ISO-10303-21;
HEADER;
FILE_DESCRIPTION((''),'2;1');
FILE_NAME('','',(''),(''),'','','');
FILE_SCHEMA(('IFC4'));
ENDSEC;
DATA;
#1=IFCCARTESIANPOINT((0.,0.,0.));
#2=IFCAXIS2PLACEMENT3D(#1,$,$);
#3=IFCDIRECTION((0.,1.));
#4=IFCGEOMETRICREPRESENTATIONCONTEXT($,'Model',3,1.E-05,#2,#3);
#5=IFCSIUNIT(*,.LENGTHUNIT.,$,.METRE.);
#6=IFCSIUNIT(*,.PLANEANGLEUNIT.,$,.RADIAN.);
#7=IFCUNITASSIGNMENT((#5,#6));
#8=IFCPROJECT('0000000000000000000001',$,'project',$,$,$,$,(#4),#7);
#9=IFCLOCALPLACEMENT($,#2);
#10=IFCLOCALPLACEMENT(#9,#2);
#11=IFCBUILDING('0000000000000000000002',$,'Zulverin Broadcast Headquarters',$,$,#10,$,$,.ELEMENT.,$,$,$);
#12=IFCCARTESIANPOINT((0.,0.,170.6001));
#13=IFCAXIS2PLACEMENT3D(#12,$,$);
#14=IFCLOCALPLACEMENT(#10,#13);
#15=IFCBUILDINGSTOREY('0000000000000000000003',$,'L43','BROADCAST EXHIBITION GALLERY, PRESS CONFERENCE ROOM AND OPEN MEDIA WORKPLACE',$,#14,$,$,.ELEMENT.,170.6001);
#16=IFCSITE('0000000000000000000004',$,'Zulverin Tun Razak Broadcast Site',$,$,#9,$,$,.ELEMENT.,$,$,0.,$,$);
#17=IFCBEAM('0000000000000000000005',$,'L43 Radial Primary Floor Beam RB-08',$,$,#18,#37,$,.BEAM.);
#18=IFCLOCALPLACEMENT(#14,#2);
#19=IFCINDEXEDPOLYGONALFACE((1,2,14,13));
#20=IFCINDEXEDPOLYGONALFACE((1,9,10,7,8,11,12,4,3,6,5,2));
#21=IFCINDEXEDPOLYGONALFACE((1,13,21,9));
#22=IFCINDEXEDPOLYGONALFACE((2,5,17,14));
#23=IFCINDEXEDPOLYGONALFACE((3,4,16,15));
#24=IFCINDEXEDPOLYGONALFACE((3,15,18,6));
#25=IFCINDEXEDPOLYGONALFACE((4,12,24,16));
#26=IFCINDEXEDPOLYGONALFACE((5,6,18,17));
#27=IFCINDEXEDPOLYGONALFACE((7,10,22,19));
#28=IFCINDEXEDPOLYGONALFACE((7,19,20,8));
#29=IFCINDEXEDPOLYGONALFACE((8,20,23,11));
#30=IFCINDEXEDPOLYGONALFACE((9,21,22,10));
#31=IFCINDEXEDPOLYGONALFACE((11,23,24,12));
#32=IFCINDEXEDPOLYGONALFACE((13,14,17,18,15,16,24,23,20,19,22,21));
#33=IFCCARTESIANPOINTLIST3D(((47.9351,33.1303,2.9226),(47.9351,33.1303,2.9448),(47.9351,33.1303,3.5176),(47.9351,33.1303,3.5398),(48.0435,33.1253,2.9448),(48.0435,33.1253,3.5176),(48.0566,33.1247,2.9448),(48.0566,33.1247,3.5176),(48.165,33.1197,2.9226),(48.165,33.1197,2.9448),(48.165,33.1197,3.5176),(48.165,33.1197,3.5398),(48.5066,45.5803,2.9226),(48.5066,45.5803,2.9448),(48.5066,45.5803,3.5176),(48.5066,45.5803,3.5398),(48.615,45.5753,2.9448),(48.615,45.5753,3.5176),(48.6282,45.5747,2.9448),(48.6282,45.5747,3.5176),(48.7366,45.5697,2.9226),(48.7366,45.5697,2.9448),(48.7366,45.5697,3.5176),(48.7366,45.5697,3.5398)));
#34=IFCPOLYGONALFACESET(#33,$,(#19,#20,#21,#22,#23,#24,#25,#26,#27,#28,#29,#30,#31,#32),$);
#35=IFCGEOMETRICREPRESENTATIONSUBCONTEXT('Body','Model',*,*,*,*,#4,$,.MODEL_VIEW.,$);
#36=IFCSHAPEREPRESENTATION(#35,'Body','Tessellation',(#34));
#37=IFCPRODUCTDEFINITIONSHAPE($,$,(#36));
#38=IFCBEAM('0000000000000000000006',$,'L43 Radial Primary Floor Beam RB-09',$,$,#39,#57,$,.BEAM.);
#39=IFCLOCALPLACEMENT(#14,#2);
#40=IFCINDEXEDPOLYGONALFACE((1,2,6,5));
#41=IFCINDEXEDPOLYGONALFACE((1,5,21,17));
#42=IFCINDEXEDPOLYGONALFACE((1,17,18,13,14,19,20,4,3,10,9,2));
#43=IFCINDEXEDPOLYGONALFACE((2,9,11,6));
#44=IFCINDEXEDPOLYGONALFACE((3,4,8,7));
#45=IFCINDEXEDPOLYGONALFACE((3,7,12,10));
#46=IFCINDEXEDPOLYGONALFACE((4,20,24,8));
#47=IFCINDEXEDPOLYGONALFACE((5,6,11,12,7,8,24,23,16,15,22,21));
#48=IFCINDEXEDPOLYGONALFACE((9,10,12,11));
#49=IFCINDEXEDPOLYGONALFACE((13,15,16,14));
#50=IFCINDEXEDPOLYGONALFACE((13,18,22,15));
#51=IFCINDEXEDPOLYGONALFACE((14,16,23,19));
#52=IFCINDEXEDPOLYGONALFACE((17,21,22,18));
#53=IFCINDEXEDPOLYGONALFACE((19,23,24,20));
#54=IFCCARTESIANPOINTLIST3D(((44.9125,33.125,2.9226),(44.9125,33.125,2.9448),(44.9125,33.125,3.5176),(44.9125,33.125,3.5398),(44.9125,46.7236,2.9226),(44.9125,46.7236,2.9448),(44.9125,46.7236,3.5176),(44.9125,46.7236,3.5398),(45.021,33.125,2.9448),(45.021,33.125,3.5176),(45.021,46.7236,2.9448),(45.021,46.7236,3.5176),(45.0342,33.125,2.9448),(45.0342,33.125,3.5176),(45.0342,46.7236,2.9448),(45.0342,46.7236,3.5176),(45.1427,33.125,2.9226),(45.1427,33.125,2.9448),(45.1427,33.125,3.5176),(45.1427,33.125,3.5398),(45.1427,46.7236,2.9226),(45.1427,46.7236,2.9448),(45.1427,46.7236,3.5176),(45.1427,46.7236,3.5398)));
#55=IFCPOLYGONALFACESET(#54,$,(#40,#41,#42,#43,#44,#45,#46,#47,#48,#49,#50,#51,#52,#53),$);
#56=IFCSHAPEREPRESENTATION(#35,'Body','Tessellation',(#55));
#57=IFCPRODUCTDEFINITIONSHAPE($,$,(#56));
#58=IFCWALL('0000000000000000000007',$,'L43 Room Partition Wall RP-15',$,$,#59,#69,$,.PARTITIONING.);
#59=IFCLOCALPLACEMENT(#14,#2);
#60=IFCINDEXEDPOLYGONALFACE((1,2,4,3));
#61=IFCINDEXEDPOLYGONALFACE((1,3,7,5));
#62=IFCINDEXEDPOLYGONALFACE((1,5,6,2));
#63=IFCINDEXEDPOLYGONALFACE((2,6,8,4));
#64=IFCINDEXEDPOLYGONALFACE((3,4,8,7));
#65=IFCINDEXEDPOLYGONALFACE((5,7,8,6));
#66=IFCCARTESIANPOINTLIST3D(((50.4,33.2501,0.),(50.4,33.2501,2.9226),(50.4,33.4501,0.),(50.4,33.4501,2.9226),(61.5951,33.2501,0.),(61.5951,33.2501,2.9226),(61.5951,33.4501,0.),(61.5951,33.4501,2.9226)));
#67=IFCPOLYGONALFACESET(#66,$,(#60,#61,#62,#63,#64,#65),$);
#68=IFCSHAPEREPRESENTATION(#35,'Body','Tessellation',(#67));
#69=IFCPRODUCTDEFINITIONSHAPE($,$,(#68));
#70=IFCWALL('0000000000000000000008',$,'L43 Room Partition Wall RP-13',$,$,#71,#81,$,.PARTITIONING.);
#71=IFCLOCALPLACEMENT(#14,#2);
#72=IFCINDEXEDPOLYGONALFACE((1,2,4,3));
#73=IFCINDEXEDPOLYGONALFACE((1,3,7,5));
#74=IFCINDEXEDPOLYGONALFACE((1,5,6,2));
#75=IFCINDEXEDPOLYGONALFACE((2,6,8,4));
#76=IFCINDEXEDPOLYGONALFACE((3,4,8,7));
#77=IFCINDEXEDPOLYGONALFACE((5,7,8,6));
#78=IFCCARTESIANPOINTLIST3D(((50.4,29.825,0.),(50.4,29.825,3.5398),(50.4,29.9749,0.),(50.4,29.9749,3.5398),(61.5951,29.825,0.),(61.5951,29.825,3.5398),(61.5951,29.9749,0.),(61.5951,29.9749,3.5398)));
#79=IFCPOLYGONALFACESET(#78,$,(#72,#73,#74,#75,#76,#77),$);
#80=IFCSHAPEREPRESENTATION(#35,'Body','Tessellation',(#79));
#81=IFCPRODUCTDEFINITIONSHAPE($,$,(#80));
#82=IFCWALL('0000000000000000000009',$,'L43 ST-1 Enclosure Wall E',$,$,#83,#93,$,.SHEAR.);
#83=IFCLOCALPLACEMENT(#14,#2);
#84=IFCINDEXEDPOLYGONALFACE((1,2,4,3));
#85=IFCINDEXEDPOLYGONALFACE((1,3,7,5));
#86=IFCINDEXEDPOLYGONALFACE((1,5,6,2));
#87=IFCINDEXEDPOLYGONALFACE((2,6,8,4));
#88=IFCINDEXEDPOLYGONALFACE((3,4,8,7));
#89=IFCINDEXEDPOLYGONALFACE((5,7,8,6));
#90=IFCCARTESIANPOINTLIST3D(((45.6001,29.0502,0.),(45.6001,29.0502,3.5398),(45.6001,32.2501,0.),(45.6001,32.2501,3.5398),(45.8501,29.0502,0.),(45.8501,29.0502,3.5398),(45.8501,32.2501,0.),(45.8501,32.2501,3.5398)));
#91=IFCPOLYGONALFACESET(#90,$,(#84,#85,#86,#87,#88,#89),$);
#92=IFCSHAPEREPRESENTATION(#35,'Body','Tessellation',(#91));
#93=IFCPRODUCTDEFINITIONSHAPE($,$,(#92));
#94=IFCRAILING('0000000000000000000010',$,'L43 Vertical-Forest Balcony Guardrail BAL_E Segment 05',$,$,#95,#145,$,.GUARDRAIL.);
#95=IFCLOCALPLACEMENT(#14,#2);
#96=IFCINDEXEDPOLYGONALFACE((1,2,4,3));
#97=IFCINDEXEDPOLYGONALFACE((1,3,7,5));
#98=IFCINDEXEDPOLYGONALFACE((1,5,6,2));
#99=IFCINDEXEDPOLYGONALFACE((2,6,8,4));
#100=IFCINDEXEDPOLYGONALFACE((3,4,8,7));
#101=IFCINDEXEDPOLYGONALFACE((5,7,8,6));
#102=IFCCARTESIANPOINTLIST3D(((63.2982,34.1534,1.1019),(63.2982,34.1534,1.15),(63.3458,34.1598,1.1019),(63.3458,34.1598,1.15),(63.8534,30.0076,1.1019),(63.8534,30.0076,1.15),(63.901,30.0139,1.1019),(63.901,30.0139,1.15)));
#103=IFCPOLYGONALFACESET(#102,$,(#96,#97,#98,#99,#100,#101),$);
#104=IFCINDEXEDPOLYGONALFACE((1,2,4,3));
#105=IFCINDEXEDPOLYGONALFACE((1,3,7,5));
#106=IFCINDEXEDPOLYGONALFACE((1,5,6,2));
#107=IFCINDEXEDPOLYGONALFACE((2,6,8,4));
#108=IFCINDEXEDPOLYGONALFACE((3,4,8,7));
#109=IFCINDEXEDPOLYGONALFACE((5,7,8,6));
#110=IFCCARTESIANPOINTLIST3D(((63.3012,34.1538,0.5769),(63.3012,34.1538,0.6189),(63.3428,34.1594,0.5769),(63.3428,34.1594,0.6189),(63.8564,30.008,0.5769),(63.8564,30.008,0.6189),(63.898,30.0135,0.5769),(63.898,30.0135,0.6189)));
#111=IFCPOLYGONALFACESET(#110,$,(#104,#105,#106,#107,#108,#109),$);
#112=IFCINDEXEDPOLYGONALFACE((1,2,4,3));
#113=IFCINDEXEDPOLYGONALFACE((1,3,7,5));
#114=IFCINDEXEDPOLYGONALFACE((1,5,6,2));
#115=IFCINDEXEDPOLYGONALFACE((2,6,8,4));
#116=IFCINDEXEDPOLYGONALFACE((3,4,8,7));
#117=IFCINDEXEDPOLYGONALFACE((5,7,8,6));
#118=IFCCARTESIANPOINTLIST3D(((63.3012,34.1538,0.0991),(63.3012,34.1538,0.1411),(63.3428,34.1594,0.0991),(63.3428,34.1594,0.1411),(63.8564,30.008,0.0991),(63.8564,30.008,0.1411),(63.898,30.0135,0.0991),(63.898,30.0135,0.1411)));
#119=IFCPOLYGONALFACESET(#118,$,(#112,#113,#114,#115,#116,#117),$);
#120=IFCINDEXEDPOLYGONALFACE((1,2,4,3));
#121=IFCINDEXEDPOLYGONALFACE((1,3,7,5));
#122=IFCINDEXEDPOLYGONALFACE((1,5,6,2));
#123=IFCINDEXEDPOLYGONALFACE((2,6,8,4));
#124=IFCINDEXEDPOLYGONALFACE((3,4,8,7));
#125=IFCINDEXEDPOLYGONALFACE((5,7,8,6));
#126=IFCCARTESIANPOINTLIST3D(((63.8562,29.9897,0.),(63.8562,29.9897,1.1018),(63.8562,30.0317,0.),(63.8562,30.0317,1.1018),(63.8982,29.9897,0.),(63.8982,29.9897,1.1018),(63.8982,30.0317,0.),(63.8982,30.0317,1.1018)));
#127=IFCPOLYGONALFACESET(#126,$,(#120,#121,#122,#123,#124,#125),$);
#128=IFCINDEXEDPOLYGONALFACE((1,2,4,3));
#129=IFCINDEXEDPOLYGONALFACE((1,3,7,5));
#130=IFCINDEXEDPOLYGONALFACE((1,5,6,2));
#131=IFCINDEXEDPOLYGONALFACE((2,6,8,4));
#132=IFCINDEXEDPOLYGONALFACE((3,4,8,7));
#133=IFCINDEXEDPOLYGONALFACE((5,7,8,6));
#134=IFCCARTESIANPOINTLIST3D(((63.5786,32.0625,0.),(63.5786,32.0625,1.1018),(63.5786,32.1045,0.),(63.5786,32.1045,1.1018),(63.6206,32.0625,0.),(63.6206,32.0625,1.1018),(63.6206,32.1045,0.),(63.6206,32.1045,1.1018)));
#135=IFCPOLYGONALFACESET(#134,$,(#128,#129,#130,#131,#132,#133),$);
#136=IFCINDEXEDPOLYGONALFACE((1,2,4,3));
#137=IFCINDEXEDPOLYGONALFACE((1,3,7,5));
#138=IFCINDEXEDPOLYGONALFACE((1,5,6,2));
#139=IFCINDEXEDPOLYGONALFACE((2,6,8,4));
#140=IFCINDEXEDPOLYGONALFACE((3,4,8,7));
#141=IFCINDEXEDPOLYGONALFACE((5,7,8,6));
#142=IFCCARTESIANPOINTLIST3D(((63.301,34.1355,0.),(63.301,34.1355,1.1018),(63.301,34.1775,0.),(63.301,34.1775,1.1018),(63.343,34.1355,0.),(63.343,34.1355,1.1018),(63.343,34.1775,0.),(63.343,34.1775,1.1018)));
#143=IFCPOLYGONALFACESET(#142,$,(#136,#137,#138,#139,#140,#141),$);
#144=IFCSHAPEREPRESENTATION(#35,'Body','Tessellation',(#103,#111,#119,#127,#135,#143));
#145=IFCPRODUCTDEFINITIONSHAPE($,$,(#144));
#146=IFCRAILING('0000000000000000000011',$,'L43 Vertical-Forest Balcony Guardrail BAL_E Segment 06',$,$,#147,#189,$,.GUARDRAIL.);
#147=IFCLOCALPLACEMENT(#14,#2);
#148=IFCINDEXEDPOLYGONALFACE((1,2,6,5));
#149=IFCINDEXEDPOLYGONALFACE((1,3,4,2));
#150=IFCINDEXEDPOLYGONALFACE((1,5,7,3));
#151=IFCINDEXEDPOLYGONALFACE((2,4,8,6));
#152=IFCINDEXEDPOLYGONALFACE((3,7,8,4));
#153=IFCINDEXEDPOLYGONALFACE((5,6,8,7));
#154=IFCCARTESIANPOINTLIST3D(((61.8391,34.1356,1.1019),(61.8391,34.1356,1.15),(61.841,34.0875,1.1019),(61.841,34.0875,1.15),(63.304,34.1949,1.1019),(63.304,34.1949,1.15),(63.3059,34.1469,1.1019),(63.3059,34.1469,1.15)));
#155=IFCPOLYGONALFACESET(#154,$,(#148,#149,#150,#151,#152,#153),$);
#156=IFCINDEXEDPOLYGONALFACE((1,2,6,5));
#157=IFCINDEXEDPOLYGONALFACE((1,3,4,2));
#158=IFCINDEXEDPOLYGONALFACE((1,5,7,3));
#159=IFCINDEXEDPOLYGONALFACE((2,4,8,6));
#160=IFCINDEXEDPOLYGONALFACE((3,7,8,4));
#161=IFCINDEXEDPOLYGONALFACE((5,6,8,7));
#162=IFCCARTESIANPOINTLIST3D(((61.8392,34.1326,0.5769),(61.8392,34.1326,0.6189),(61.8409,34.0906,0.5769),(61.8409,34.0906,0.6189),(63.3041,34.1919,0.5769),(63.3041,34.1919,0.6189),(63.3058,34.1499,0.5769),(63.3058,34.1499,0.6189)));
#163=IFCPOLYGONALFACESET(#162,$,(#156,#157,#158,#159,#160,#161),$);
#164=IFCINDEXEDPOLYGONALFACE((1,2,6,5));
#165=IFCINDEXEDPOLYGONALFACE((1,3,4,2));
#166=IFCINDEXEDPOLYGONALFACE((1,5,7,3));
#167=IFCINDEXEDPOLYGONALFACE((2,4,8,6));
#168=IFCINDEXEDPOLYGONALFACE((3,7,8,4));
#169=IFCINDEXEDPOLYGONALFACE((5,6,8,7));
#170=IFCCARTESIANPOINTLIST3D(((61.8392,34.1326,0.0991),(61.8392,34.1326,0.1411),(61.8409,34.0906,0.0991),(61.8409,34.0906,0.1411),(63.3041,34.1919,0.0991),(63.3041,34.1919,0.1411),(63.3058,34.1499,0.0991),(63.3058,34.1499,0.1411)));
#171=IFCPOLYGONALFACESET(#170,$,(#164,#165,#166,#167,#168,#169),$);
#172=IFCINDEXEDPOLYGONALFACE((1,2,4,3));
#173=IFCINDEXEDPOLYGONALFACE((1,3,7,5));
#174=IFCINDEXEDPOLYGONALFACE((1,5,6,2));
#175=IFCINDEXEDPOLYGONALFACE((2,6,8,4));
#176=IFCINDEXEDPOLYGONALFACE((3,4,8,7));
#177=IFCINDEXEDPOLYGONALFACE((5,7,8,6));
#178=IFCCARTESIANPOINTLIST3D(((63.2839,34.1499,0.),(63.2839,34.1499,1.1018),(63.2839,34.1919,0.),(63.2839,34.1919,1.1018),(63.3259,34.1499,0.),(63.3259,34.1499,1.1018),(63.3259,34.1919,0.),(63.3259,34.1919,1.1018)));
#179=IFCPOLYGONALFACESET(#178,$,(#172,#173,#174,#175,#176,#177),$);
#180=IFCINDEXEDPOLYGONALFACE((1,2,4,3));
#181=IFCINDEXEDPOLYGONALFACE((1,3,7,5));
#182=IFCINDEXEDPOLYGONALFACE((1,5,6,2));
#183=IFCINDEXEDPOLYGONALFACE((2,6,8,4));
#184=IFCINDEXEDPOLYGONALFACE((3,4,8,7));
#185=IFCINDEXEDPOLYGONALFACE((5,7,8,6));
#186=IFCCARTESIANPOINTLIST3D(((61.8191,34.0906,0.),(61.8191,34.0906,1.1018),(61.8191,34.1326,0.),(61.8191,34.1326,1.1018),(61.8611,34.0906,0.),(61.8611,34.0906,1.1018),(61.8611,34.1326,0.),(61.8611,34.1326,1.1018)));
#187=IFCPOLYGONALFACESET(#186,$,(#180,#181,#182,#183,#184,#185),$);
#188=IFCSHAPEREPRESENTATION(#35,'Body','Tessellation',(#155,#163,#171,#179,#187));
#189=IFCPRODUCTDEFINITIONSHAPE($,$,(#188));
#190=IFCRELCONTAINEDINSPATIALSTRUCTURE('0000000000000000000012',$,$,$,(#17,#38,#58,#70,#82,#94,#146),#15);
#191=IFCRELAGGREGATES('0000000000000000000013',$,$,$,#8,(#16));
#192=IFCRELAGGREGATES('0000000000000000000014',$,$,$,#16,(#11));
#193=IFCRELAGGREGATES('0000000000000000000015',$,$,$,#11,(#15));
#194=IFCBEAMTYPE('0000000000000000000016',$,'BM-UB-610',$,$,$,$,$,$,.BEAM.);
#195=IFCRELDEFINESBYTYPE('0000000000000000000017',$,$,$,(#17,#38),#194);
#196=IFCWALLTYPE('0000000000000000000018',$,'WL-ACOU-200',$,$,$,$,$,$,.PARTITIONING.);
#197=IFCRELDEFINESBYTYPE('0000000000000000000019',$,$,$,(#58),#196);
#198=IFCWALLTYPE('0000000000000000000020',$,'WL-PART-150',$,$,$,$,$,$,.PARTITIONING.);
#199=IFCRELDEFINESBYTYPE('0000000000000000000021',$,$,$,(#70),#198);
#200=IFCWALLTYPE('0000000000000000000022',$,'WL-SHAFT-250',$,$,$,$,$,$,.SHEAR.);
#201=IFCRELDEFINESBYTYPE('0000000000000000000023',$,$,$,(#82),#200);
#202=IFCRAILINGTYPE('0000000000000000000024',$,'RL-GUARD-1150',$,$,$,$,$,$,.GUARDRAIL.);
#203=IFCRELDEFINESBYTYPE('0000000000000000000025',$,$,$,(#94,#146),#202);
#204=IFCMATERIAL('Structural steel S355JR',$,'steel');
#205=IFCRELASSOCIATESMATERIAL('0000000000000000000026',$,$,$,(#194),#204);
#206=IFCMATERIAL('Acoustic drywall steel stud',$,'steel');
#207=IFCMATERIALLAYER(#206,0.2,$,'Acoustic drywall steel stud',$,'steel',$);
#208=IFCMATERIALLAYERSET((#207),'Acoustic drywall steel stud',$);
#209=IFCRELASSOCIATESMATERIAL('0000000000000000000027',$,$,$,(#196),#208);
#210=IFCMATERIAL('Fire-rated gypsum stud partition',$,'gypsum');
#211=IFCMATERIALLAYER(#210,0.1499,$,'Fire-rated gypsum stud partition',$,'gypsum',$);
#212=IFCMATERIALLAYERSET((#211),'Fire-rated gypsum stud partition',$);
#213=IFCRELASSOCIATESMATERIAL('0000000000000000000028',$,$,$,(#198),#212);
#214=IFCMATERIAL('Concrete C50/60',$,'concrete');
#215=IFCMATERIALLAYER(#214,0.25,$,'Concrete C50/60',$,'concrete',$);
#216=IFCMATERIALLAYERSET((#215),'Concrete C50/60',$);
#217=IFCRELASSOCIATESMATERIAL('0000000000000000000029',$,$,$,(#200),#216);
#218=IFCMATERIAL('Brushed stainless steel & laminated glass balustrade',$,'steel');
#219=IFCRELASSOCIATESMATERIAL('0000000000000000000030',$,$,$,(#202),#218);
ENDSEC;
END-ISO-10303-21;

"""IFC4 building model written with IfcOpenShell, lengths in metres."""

from ifc_helpers import new_model, si_unit, direction, frame, frame_2d, origin, origin_2d, place, context, subcontext, project, spatial, rectangle, i_section, extrude, material, layer, layer_set, material_profile, profile_set, type_object, element, save


model = new_model("IFC4")

# Units and contexts
model_context = context("Model", 3, precision=1e-05, world=origin(), true_north=direction((0.0, 1.0)))
body_context = subcontext(model_context, "Body", "Model", "MODEL_VIEW")
ifc_project = project(units=[si_unit("LENGTHUNIT", "METRE"), si_unit("PLANEANGLEUNIT", "RADIAN")], contexts=[model_context])

# Site, building, storey
site_placement = place(None, origin())
site = spatial("IfcSite", under=ifc_project, at=site_placement, Name="Zulverin Tun Razak Broadcast Site", CompositionType="ELEMENT", RefElevation=0.0)
building_placement = place(site_placement, origin())
building = spatial("IfcBuilding", under=site, at=building_placement, Name="Zulverin Broadcast Headquarters", CompositionType="ELEMENT")
storey_placement = place(building_placement, frame((0.0, 0.0, 170.6001)))
storey = spatial("IfcBuildingStorey", under=building, at=storey_placement, Name="L43", Description="BROADCAST EXHIBITION GALLERY, PRESS CONFERENCE ROOM AND OPEN MEDIA WORKPLACE", CompositionType="ELEMENT", Elevation=170.6001)

# Shared definitions
ifc_material_1 = material(Name="Concrete C50/60", Category="concrete")

# Beams
ifc_material_2 = material(Name="Structural steel S355JR", Category="steel")
ifc_material_profile_1 = material_profile(ifc_material_2, i_section(OverallWidth=0.2302, OverallDepth=0.6172, WebThickness=0.0132, FlangeThickness=0.0222, at=origin_2d()), Name="Structural steel S355JR", Category="steel")
ifc_profile_set_1 = profile_set([ifc_material_profile_1], Name="Structural steel S355JR")
beam_type_1 = type_object("IfcBeamType", Name="BM-UB-610", PredefinedType="BEAM", material=ifc_profile_set_1)
beam_1_placement = place(storey_placement, frame((48.05, 33.125, 3.2312), z_axis=(0.045858, 0.998948, 0.0), x_axis=(-0.998948, 0.045858, 0.0)))
element("IfcBeam", 1, at=beam_1_placement, inside=storey, type_object=beam_type_1, Name="L43 Radial Primary Floor Beam RB-08", PredefinedType="BEAM", context=body_context, shape_type="SweptSolid", body=[
    extrude(i_section(OverallWidth=0.2302, OverallDepth=0.6172, WebThickness=0.0132, FlangeThickness=0.0222, at=origin_2d()), origin(), (0.0, 0.0, 1.0), 12.4631),
])
beam_2_placement = place(storey_placement, frame((45.0276, 33.125, 3.2312), z_axis=(0.0, 1.0, 0.0), x_axis=(-1.0, 0.0, 0.0)))
element("IfcBeam", 2, at=beam_2_placement, inside=storey, type_object=beam_type_1, Name="L43 Radial Primary Floor Beam RB-09", PredefinedType="BEAM", context=body_context, shape_type="SweptSolid", body=[
    extrude(i_section(OverallWidth=0.2302, OverallDepth=0.6172, WebThickness=0.0132, FlangeThickness=0.0222, at=origin_2d()), origin(), (0.0, 0.0, 1.0), 13.5986),
])

# Walls
ifc_material_3 = material(Name="Acoustic drywall steel stud", Category="steel")
ifc_layer_1 = layer(ifc_material_3, 0.2, Name="Acoustic drywall steel stud", Category="steel")
ifc_layer_set_1 = layer_set([ifc_layer_1], Name="Acoustic drywall steel stud")
wall_type_1 = type_object("IfcWallType", Name="WL-ACOU-200", PredefinedType="PARTITIONING", material=ifc_layer_set_1)
wall_1_placement = place(storey_placement, frame((50.3999, 33.3501, 0.0), z_axis=(0.0, 0.0, 1.0), x_axis=(1.0, 0.0, 0.0)))
element("IfcWall", 3, at=wall_1_placement, inside=storey, type_object=wall_type_1, Name="L43 Room Partition Wall RP-15", PredefinedType="PARTITIONING", context=body_context, shape_type="SweptSolid", body=[
    extrude(rectangle(XDim=11.1951, YDim=0.2, at=frame_2d((5.5977, 0.0))), origin(), (0.0, 0.0, 1.0), 2.9226),
])
ifc_material_4 = material(Name="Fire-rated gypsum stud partition", Category="gypsum")
ifc_layer_2 = layer(ifc_material_4, 0.1499, Name="Fire-rated gypsum stud partition", Category="gypsum")
ifc_layer_set_2 = layer_set([ifc_layer_2], Name="Fire-rated gypsum stud partition")
wall_type_2 = type_object("IfcWallType", Name="WL-PART-150", PredefinedType="PARTITIONING", material=ifc_layer_set_2)
wall_2_placement = place(storey_placement, frame((50.3999, 29.8999, 0.0), z_axis=(0.0, 0.0, 1.0), x_axis=(1.0, 0.0, 0.0)))
element("IfcWall", 4, at=wall_2_placement, inside=storey, type_object=wall_type_2, Name="L43 Room Partition Wall RP-13", PredefinedType="PARTITIONING", context=body_context, shape_type="SweptSolid", body=[
    extrude(rectangle(XDim=11.1951, YDim=0.1499, at=frame_2d((5.5977, 0.0))), origin(), (0.0, 0.0, 1.0), 3.5398),
])
ifc_layer_3 = layer(ifc_material_1, 0.25, Name="Concrete C50/60", Category="concrete")
ifc_layer_set_3 = layer_set([ifc_layer_3], Name="Concrete C50/60")
wall_type_3 = type_object("IfcWallType", Name="WL-SHAFT-250", PredefinedType="SHEAR", material=ifc_layer_set_3)
wall_3_placement = place(storey_placement, frame((45.7251, 29.05, 0.0), z_axis=(0.0, 0.0, 1.0), x_axis=(0.0, 1.0, 0.0)))
element("IfcWall", 5, at=wall_3_placement, inside=storey, type_object=wall_type_3, Name="L43 ST-1 Enclosure Wall E", PredefinedType="SHEAR", context=body_context, shape_type="SweptSolid", body=[
    extrude(rectangle(XDim=3.2, YDim=0.25, at=frame_2d((1.6001, 0.0))), origin(), (0.0, 0.0, 1.0), 3.5398),
])

# Railings
ifc_material_5 = material(Name="Brushed stainless steel & laminated glass balustrade", Category="steel")
railing_type = type_object("IfcRailingType", Name="RL-GUARD-1150", PredefinedType="GUARDRAIL", material=ifc_material_5)
railing_1_placement = place(storey_placement, frame((63.8772, 30.0107, 0.0)))
element("IfcRailing", 6, at=railing_1_placement, inside=storey, type_object=railing_type, Name="L43 Vertical-Forest Balcony Guardrail BAL_E Segment 05", PredefinedType="GUARDRAIL", context=body_context, shape_type="SweptSolid", body=[
    extrude(rectangle(XDim=0.0481, YDim=0.0481, at=origin_2d()), frame((0.0, 0.0, 1.126), z_axis=(-0.13273, 0.991152, 0.0), x_axis=(-0.991152, -0.13273, 0.0)), (0.0, 0.0, 1.0), 4.1829),
    extrude(rectangle(XDim=0.042, YDim=0.042, at=origin_2d()), frame((0.0, 0.0, 0.5979), z_axis=(-0.13273, 0.991152, 0.0), x_axis=(-0.991152, -0.13273, 0.0)), (0.0, 0.0, 1.0), 4.1829),
    extrude(rectangle(XDim=0.042, YDim=0.042, at=origin_2d()), frame((0.0, 0.0, 0.1201), z_axis=(-0.13273, 0.991152, 0.0), x_axis=(-0.991152, -0.13273, 0.0)), (0.0, 0.0, 1.0), 4.1829),
    extrude(rectangle(XDim=0.042, YDim=0.042, at=origin_2d()), origin(), (0.0, 0.0, 1.0), 1.1018),
    extrude(rectangle(XDim=0.042, YDim=0.042, at=origin_2d()), frame((-0.2776, 2.0728, 0.0)), (0.0, 0.0, 1.0), 1.1018),
    extrude(rectangle(XDim=0.042, YDim=0.042, at=origin_2d()), frame((-0.5552, 4.1458, 0.0)), (0.0, 0.0, 1.0), 1.1018),
])
railing_2_placement = place(storey_placement, frame((63.3049, 34.1709, 0.0)))
element("IfcRailing", 7, at=railing_2_placement, inside=storey, type_object=railing_type, Name="L43 Vertical-Forest Balcony Guardrail BAL_E Segment 06", PredefinedType="GUARDRAIL", context=body_context, shape_type="SweptSolid", body=[
    extrude(rectangle(XDim=0.0481, YDim=0.0481, at=origin_2d()), frame((0.0, 0.0, 1.126), z_axis=(-0.999181, -0.040467, 0.0), x_axis=(0.040467, -0.999181, 0.0)), (0.0, 0.0, 1.0), 1.4661),
    extrude(rectangle(XDim=0.042, YDim=0.042, at=origin_2d()), frame((0.0, 0.0, 0.5979), z_axis=(-0.999181, -0.040467, 0.0), x_axis=(0.040467, -0.999181, 0.0)), (0.0, 0.0, 1.0), 1.4661),
    extrude(rectangle(XDim=0.042, YDim=0.042, at=origin_2d()), frame((0.0, 0.0, 0.1201), z_axis=(-0.999181, -0.040467, 0.0), x_axis=(0.040467, -0.999181, 0.0)), (0.0, 0.0, 1.0), 1.4661),
    extrude(rectangle(XDim=0.042, YDim=0.042, at=origin_2d()), origin(), (0.0, 0.0, 1.0), 1.1018),
    extrude(rectangle(XDim=0.042, YDim=0.042, at=origin_2d()), frame((-1.4648, -0.0593, 0.0)), (0.0, 0.0, 1.0), 1.1018),
])

save(model, "model.ifc")
